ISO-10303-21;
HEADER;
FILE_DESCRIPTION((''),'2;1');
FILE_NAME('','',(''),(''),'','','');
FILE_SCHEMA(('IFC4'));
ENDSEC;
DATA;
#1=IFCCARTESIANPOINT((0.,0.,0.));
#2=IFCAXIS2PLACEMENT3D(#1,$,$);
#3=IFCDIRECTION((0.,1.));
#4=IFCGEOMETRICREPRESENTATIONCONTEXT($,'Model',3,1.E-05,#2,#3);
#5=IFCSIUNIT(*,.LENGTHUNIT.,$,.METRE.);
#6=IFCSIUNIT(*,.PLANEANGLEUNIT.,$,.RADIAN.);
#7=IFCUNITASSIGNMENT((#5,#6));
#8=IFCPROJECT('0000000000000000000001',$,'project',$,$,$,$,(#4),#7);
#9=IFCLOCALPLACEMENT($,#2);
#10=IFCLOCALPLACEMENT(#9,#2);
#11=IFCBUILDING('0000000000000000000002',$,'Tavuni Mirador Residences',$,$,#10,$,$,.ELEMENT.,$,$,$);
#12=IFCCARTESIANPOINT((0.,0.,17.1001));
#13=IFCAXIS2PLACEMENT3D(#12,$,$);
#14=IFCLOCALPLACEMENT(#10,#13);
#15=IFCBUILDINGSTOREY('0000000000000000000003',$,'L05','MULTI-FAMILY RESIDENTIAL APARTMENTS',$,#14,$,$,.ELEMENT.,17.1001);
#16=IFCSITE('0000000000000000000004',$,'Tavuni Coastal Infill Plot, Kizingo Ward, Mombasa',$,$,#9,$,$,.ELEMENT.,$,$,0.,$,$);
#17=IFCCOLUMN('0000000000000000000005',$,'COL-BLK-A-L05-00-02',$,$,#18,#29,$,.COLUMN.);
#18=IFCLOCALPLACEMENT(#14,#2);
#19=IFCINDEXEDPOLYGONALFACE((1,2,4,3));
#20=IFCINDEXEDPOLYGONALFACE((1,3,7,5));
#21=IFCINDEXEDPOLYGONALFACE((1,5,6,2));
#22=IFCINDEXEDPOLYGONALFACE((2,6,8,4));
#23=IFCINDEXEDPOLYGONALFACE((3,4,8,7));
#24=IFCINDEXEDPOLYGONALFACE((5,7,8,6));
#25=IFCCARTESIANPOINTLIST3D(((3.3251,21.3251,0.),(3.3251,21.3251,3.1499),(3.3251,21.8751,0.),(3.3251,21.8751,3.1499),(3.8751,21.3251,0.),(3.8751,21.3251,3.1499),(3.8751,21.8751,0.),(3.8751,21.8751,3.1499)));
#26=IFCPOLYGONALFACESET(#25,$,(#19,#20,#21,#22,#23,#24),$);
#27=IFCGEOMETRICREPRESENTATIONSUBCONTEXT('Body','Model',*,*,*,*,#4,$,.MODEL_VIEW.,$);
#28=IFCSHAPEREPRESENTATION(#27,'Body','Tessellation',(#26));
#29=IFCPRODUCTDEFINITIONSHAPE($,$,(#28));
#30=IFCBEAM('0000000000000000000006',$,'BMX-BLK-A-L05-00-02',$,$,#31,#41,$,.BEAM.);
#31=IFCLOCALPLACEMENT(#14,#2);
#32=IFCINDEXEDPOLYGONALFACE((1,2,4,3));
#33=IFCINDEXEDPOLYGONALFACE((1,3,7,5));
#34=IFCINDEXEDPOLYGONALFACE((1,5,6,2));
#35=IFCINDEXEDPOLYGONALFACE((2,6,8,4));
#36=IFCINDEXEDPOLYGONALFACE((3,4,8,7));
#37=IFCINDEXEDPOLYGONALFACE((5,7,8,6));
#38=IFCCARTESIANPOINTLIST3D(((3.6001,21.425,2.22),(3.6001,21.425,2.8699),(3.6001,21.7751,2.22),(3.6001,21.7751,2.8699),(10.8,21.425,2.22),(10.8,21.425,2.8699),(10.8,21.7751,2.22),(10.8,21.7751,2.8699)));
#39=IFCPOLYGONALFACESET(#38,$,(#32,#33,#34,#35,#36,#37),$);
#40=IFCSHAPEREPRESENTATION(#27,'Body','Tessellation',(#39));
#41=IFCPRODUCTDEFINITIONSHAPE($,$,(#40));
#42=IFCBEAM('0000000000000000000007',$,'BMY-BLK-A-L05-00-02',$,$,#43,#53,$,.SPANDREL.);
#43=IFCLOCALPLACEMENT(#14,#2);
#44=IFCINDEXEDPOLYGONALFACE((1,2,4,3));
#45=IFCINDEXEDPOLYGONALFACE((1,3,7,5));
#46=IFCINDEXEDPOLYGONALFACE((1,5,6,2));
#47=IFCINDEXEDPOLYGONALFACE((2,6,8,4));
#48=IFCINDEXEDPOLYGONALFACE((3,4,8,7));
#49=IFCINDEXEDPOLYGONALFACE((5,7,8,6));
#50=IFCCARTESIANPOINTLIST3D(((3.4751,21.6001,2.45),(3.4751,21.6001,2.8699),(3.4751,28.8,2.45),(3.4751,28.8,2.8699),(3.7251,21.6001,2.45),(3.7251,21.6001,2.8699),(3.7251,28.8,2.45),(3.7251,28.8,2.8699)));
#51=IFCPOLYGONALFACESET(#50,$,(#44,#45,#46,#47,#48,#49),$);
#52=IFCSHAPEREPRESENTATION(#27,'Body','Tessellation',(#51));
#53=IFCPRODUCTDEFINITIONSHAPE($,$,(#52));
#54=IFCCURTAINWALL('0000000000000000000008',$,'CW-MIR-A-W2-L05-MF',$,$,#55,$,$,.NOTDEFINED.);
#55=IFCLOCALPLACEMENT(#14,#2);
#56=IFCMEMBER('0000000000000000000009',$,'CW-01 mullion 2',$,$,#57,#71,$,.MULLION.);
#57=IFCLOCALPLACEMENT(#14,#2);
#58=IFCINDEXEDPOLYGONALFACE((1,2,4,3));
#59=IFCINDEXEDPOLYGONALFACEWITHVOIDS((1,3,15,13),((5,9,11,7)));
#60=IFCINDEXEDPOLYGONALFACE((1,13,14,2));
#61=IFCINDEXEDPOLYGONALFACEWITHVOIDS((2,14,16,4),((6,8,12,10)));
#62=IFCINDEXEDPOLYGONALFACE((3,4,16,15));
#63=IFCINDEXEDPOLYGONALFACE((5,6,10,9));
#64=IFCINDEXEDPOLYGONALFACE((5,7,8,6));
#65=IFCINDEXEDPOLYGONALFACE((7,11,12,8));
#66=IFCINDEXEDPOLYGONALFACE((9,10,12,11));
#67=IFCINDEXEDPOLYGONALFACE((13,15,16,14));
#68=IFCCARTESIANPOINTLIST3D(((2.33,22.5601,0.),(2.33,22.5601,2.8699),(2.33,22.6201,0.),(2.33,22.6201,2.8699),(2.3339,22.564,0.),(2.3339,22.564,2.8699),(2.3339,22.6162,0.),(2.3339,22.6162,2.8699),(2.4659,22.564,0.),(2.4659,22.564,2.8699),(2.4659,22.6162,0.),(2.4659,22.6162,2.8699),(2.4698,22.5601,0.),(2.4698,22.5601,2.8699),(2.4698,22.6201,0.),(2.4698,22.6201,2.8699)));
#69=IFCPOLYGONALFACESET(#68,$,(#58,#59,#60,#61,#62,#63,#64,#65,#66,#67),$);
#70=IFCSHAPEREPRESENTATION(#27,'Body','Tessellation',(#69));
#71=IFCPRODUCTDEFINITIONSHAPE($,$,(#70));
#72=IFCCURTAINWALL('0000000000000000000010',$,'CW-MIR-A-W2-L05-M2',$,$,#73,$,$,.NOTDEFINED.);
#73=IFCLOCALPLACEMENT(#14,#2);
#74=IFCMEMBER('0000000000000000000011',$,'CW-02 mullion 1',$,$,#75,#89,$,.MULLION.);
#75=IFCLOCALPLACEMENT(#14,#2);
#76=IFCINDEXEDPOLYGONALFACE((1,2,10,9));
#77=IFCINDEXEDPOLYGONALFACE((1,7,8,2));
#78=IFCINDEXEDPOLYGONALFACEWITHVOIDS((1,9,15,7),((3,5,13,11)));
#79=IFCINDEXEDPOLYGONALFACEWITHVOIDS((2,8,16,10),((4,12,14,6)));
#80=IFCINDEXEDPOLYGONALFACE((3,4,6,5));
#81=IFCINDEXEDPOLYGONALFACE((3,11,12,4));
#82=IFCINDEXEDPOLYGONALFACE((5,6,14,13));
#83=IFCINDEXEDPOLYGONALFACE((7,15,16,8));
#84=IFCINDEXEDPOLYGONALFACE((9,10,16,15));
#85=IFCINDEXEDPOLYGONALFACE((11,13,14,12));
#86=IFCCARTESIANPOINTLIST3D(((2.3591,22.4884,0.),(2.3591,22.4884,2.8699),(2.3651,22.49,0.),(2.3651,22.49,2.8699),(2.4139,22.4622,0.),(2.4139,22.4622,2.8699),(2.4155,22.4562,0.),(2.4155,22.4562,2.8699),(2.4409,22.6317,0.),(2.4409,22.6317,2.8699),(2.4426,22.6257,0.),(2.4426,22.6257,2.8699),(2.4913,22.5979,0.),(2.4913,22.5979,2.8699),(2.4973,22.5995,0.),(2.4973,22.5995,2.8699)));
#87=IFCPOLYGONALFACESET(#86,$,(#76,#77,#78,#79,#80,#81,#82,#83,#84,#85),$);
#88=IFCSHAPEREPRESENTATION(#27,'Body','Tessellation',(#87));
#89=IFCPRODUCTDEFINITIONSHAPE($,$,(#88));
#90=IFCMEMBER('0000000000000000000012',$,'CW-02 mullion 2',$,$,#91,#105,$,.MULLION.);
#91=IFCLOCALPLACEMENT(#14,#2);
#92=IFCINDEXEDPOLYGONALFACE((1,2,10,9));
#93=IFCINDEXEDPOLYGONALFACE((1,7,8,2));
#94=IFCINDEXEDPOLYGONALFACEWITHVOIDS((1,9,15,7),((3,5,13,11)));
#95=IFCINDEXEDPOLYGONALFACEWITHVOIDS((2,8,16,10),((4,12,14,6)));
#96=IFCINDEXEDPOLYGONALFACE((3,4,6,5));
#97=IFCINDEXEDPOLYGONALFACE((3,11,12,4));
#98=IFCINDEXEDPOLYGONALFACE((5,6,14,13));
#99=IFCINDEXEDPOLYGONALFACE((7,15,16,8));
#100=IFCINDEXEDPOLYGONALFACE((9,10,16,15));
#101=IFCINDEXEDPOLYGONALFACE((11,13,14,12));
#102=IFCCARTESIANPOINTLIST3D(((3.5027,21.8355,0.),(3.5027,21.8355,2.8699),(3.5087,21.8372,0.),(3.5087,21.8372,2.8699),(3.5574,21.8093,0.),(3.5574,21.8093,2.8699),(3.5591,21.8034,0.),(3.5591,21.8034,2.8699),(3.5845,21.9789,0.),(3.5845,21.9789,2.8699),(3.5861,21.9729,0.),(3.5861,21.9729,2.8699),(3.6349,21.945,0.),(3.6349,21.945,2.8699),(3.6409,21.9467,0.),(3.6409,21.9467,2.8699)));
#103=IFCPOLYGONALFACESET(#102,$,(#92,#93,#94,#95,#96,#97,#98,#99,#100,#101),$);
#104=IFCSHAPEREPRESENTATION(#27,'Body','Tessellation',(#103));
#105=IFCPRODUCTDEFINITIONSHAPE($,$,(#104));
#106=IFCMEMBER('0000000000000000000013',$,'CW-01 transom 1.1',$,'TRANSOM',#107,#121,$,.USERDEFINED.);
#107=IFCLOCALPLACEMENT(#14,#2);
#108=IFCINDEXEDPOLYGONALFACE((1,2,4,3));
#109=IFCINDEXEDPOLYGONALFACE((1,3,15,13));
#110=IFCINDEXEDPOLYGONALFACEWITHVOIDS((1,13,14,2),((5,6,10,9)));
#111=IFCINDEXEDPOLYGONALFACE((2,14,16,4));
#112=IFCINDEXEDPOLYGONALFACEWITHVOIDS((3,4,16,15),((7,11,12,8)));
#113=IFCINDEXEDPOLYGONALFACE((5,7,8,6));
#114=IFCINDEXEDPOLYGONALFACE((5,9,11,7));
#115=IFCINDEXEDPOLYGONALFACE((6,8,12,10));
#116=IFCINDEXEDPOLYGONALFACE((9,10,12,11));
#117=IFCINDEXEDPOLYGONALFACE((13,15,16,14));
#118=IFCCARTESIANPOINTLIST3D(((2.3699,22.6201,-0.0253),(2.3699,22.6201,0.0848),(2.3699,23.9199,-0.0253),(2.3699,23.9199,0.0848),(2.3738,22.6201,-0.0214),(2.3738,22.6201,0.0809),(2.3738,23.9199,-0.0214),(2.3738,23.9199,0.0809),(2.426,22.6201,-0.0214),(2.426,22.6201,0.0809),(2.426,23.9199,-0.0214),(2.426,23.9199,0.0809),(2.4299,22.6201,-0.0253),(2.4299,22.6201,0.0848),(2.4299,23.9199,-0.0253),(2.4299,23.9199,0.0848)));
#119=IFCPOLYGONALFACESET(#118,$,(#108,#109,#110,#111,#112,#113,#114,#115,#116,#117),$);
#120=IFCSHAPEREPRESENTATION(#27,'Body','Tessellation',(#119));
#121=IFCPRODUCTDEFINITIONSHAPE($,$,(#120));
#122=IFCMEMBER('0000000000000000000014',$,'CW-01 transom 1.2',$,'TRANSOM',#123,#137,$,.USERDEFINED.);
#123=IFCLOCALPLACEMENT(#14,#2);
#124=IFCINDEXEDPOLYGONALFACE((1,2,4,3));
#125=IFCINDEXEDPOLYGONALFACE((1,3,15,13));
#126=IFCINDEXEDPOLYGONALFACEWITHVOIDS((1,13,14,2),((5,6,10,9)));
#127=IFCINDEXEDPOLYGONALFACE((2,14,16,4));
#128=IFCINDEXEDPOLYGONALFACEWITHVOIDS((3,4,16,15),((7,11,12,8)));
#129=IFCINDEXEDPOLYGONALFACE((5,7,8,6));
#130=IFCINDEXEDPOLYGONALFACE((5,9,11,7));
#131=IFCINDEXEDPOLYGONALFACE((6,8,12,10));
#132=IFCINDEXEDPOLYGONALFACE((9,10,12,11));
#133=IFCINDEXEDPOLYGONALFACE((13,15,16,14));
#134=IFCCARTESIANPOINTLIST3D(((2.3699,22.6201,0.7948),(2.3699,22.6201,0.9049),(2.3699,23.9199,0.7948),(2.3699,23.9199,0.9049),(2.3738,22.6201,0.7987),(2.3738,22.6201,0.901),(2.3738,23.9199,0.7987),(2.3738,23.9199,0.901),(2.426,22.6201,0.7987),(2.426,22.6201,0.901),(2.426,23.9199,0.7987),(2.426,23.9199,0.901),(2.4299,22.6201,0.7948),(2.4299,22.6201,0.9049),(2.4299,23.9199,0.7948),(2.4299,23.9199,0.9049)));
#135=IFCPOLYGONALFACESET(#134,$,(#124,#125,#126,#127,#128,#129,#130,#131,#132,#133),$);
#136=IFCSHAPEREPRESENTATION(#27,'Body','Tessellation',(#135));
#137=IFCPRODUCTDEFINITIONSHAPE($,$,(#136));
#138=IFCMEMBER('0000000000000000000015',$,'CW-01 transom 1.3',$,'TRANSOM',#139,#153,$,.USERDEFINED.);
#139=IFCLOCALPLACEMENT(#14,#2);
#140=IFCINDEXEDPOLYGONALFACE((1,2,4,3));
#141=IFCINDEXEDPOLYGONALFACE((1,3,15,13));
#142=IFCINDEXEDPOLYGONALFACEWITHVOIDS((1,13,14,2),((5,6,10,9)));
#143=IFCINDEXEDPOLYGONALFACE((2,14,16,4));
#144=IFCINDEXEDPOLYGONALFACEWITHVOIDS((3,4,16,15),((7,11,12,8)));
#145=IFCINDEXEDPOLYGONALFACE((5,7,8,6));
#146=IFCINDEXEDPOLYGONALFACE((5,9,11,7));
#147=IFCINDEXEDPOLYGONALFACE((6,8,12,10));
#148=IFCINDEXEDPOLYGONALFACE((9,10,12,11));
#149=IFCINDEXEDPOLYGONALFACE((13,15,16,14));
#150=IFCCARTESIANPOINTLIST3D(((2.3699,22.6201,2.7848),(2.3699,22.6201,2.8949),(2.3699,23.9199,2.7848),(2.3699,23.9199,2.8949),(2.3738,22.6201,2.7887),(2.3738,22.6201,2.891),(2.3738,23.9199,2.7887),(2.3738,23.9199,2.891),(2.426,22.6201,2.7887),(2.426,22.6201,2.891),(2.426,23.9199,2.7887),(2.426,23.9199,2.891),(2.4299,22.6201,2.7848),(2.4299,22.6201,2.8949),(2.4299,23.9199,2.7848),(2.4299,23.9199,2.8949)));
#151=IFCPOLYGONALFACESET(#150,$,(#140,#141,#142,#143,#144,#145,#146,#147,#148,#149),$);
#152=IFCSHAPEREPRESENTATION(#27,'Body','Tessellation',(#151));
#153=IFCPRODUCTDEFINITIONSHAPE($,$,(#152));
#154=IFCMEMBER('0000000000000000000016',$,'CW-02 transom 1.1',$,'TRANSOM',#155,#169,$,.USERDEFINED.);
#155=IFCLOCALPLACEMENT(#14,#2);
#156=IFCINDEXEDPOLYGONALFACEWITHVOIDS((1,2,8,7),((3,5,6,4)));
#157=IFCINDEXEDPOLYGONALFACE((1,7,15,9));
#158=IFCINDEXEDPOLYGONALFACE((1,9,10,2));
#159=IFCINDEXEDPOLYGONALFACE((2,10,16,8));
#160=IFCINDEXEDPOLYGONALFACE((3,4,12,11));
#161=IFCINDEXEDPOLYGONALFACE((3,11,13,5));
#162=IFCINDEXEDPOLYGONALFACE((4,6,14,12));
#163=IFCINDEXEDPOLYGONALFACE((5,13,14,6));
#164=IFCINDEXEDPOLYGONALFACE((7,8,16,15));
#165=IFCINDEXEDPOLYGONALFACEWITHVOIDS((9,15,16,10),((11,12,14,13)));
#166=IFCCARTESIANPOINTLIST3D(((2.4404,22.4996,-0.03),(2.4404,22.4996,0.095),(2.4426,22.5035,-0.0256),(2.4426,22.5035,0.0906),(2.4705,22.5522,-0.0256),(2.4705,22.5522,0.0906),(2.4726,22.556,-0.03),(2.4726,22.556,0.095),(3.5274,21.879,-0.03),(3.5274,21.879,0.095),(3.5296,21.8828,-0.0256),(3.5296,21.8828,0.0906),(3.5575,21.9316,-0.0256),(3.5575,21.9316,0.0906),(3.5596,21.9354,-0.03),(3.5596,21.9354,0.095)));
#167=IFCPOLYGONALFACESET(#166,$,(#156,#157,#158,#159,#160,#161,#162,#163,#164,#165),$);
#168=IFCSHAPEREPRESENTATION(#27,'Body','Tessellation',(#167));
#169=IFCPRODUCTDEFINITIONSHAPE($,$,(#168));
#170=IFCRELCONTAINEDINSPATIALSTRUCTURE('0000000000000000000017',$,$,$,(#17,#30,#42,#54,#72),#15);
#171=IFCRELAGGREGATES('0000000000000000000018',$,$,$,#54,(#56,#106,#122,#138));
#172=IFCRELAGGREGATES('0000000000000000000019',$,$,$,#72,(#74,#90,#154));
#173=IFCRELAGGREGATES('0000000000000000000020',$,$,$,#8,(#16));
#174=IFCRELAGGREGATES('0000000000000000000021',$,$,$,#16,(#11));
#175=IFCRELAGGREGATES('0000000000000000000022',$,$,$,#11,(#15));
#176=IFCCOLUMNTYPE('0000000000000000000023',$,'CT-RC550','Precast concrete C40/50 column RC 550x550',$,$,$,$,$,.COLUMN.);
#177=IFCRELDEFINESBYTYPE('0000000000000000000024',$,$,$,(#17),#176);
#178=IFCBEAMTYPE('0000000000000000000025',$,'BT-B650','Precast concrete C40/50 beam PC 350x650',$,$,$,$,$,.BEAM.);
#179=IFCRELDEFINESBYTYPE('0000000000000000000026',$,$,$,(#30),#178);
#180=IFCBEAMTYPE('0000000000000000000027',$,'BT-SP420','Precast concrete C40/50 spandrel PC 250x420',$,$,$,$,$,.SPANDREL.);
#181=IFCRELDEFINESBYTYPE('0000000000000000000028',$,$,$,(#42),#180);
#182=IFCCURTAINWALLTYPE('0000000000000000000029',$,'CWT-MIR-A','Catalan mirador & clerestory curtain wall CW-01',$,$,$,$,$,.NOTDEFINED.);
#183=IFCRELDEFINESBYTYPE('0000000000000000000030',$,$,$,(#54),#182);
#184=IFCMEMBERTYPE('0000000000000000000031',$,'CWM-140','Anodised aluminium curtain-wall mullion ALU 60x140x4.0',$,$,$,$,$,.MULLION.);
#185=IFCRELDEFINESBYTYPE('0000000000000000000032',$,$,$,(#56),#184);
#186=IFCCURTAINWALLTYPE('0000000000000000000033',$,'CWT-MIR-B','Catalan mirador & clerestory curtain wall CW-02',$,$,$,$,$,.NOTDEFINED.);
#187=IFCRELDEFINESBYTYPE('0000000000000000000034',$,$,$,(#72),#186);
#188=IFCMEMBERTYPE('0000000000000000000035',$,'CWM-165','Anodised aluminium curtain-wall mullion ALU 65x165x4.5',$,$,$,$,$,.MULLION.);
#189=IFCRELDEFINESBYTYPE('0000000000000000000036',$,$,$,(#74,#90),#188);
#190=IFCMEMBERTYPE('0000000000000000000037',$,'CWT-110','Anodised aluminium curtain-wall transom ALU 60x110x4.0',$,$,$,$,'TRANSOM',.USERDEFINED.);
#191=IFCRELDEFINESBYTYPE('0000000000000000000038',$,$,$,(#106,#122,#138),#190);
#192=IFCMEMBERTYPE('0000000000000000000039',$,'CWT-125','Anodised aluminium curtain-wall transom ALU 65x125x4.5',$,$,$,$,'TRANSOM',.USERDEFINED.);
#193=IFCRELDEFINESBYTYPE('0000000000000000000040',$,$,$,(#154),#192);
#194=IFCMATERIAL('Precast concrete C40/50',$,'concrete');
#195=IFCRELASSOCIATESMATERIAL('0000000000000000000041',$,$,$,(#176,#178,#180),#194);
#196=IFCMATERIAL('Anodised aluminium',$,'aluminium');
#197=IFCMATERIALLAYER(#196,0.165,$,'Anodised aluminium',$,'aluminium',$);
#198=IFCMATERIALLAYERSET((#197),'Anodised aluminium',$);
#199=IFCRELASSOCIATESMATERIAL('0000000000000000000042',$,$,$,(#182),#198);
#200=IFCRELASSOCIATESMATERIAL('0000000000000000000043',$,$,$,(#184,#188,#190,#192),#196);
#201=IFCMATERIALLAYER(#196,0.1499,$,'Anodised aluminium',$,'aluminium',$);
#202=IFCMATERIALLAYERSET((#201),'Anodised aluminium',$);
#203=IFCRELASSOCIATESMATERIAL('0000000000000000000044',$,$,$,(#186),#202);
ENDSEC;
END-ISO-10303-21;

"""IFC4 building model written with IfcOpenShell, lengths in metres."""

from ifc_helpers import new_model, si_unit, direction, frame, origin, origin_2d, place, context, subcontext, project, spatial, rectangle, hollow_rectangle, extrude, material, layer, layer_set, material_profile, profile_set, type_object, element, aggregate, save


model = new_model("IFC4")

# Units and contexts
model_context = context("Model", 3, precision=1e-05, world=origin(), true_north=direction((0.0, 1.0)))
body_context = subcontext(model_context, "Body", "Model", "MODEL_VIEW")
ifc_project = project(units=[si_unit("LENGTHUNIT", "METRE"), si_unit("PLANEANGLEUNIT", "RADIAN")], contexts=[model_context])

# Site, building, storey
site_placement = place(None, origin())
site = spatial("IfcSite", under=ifc_project, at=site_placement, Name="Tavuni Coastal Infill Plot, Kizingo Ward, Mombasa", CompositionType="ELEMENT", RefElevation=0.0)
building_placement = place(site_placement, origin())
building = spatial("IfcBuilding", under=site, at=building_placement, Name="Tavuni Mirador Residences", CompositionType="ELEMENT")
storey_placement = place(building_placement, frame((0.0, 0.0, 17.1001)))
storey = spatial("IfcBuildingStorey", under=building, at=storey_placement, Name="L05", Description="MULTI-FAMILY RESIDENTIAL APARTMENTS", CompositionType="ELEMENT", Elevation=17.1001)

# Column
ifc_material_1 = material(Name="Precast concrete C40/50", Category="concrete")
ifc_material_profile_1 = material_profile(ifc_material_1, rectangle(XDim=0.55, YDim=0.55, at=origin_2d()), Name="RC 550x550", Category="concrete")
ifc_profile_set_1 = profile_set([ifc_material_profile_1], Name="Precast concrete C40/50")
column_type = type_object("IfcColumnType", Name="CT-RC550", Description="Precast concrete C40/50 column RC 550x550", PredefinedType="COLUMN", material=ifc_profile_set_1)
column_placement = place(storey_placement, frame((3.6001, 21.6001, 0.0), z_axis=(0.0, 0.0, 1.0), x_axis=(1.0, 0.0, 0.0)))
element("IfcColumn", 1, at=column_placement, inside=storey, type_object=column_type, Name="COL-BLK-A-L05-00-02", PredefinedType="COLUMN", context=body_context, shape_type="SweptSolid", body=[
    extrude(rectangle(XDim=0.55, YDim=0.55, at=origin_2d()), origin(), (0.0, 0.0, 1.0), 3.1499),
])

# Beams
ifc_material_profile_2 = material_profile(ifc_material_1, rectangle(XDim=0.3501, YDim=0.6499, at=origin_2d()), Name="PC 350x650", Category="concrete")
ifc_profile_set_2 = profile_set([ifc_material_profile_2], Name="Precast concrete C40/50")
beam_type_1 = type_object("IfcBeamType", Name="BT-B650", Description="Precast concrete C40/50 beam PC 350x650", PredefinedType="BEAM", material=ifc_profile_set_2)
beam_1_placement = place(storey_placement, frame((3.6001, 21.6001, 2.5449), z_axis=(1.0, 0.0, 0.0), x_axis=(0.0, 1.0, 0.0)))
element("IfcBeam", 2, at=beam_1_placement, inside=storey, type_object=beam_type_1, Name="BMX-BLK-A-L05-00-02", PredefinedType="BEAM", context=body_context, shape_type="SweptSolid", body=[
    extrude(rectangle(XDim=0.3501, YDim=0.6499, at=origin_2d()), origin(), (0.0, 0.0, 1.0), 7.2),
])
ifc_material_profile_3 = material_profile(ifc_material_1, rectangle(XDim=0.25, YDim=0.4199, at=origin_2d()), Name="PC 250x420", Category="concrete")
ifc_profile_set_3 = profile_set([ifc_material_profile_3], Name="Precast concrete C40/50")
beam_type_2 = type_object("IfcBeamType", Name="BT-SP420", Description="Precast concrete C40/50 spandrel PC 250x420", PredefinedType="SPANDREL", material=ifc_profile_set_3)
beam_2_placement = place(storey_placement, frame((3.6001, 21.6001, 2.6599), z_axis=(0.0, 1.0, 0.0), x_axis=(-1.0, 0.0, 0.0)))
element("IfcBeam", 3, at=beam_2_placement, inside=storey, type_object=beam_type_2, Name="BMY-BLK-A-L05-00-02", PredefinedType="SPANDREL", context=body_context, shape_type="SweptSolid", body=[
    extrude(rectangle(XDim=0.25, YDim=0.4199, at=origin_2d()), origin(), (0.0, 0.0, 1.0), 7.2),
])

# Curtain wall, member
ifc_material_2 = material(Name="Anodised aluminium", Category="aluminium")
ifc_layer_1 = layer(ifc_material_2, 0.165, Name="Anodised aluminium", Category="aluminium")
ifc_layer_set_1 = layer_set([ifc_layer_1], Name="Anodised aluminium")
curtain_wall_type_1 = type_object("IfcCurtainWallType", Name="CWT-MIR-A", Description="Catalan mirador & clerestory curtain wall CW-01", PredefinedType="NOTDEFINED", material=ifc_layer_set_1)
curtain_wall_1_placement = place(storey_placement, origin())
curtain_wall_1 = element("IfcCurtainWall", 4, at=curtain_wall_1_placement, inside=storey, type_object=curtain_wall_type_1, Name="CW-MIR-A-W2-L05-MF", PredefinedType="NOTDEFINED")
ifc_material_profile_4 = material_profile(ifc_material_2, hollow_rectangle(XDim=0.0601, YDim=0.1399, WallThickness=0.0039, at=origin_2d()), Name="ALU 60x140x4.0", Category="aluminium")
ifc_profile_set_4 = profile_set([ifc_material_profile_4], Name="Anodised aluminium")
member_type_1 = type_object("IfcMemberType", Name="CWM-140", Description="Anodised aluminium curtain-wall mullion ALU 60x140x4.0", PredefinedType="MULLION", material=ifc_profile_set_4)
member_1_placement = place(storey_placement, frame((2.3999, 22.5901, 0.0), z_axis=(0.0, 0.0, 1.0), x_axis=(0.0, -1.0, 0.0)))
member_1 = element("IfcMember", 5, at=member_1_placement, type_object=member_type_1, Name="CW-01 mullion 2", PredefinedType="MULLION", context=body_context, shape_type="SweptSolid", body=[
    extrude(hollow_rectangle(XDim=0.0601, YDim=0.1399, WallThickness=0.0039, at=origin_2d()), origin(), (0.0, 0.0, 1.0), 2.8699),
])

# Curtain wall, members
ifc_layer_2 = layer(ifc_material_2, 0.1499, Name="Anodised aluminium", Category="aluminium")
ifc_layer_set_2 = layer_set([ifc_layer_2], Name="Anodised aluminium")
curtain_wall_type_2 = type_object("IfcCurtainWallType", Name="CWT-MIR-B", Description="Catalan mirador & clerestory curtain wall CW-02", PredefinedType="NOTDEFINED", material=ifc_layer_set_2)
curtain_wall_2_placement = place(storey_placement, origin())
curtain_wall_2 = element("IfcCurtainWall", 6, at=curtain_wall_2_placement, inside=storey, type_object=curtain_wall_type_2, Name="CW-MIR-A-W2-L05-M2", PredefinedType="NOTDEFINED")
ifc_material_profile_5 = material_profile(ifc_material_2, hollow_rectangle(XDim=0.0649, YDim=0.165, WallThickness=0.0044, at=origin_2d()), Name="ALU 65x165x4.5", Category="aluminium")
ifc_profile_set_5 = profile_set([ifc_material_profile_5], Name="Anodised aluminium")
member_type_2 = type_object("IfcMemberType", Name="CWM-165", Description="Anodised aluminium curtain-wall mullion ALU 65x165x4.5", PredefinedType="MULLION", material=ifc_profile_set_5)
member_2_placement = place(storey_placement, frame((2.4282, 22.5439, 0.0), z_axis=(0.0, 0.0, 1.0), x_axis=(0.868466, -0.495749, 0.0)))
member_2 = element("IfcMember", 7, at=member_2_placement, type_object=member_type_2, Name="CW-02 mullion 1", PredefinedType="MULLION", context=body_context, shape_type="SweptSolid", body=[
    extrude(hollow_rectangle(XDim=0.0649, YDim=0.165, WallThickness=0.0044, at=origin_2d()), origin(), (0.0, 0.0, 1.0), 2.8699),
])
member_3_placement = place(storey_placement, frame((3.5718, 21.8911, 0.0), z_axis=(0.0, 0.0, 1.0), x_axis=(0.868466, -0.495749, 0.0)))
member_3 = element("IfcMember", 8, at=member_3_placement, type_object=member_type_2, Name="CW-02 mullion 2", PredefinedType="MULLION", context=body_context, shape_type="SweptSolid", body=[
    extrude(hollow_rectangle(XDim=0.0649, YDim=0.165, WallThickness=0.0044, at=origin_2d()), origin(), (0.0, 0.0, 1.0), 2.8699),
])

# Members
ifc_material_profile_6 = material_profile(ifc_material_2, hollow_rectangle(XDim=0.0601, YDim=0.1101, WallThickness=0.0039, at=origin_2d()), Name="ALU 60x110x4.0", Category="aluminium")
ifc_profile_set_6 = profile_set([ifc_material_profile_6], Name="Anodised aluminium")
member_type_3 = type_object("IfcMemberType", Name="CWT-110", Description="Anodised aluminium curtain-wall transom ALU 60x110x4.0", ElementType="TRANSOM", PredefinedType="USERDEFINED", material=ifc_profile_set_6)
member_4_placement = place(storey_placement, frame((2.3999, 23.9199, 0.0298), z_axis=(0.0, -1.0, 0.0), x_axis=(1.0, 0.0, 0.0)))
member_4 = element("IfcMember", 9, at=member_4_placement, type_object=member_type_3, Name="CW-01 transom 1.1", ObjectType="TRANSOM", PredefinedType="USERDEFINED", context=body_context, shape_type="SweptSolid", body=[
    extrude(hollow_rectangle(XDim=0.0601, YDim=0.1101, WallThickness=0.0039, at=origin_2d()), origin(), (0.0, 0.0, 1.0), 1.2998),
])
member_5_placement = place(storey_placement, frame((2.3999, 23.9199, 0.8499), z_axis=(0.0, -1.0, 0.0), x_axis=(1.0, 0.0, 0.0)))
member_5 = element("IfcMember", 10, at=member_5_placement, type_object=member_type_3, Name="CW-01 transom 1.2", ObjectType="TRANSOM", PredefinedType="USERDEFINED", context=body_context, shape_type="SweptSolid", body=[
    extrude(hollow_rectangle(XDim=0.0601, YDim=0.1101, WallThickness=0.0039, at=origin_2d()), origin(), (0.0, 0.0, 1.0), 1.2998),
])
member_6_placement = place(storey_placement, frame((2.3999, 23.9199, 2.8398), z_axis=(0.0, -1.0, 0.0), x_axis=(1.0, 0.0, 0.0)))
member_6 = element("IfcMember", 11, at=member_6_placement, type_object=member_type_3, Name="CW-01 transom 1.3", ObjectType="TRANSOM", PredefinedType="USERDEFINED", context=body_context, shape_type="SweptSolid", body=[
    extrude(hollow_rectangle(XDim=0.0601, YDim=0.1101, WallThickness=0.0039, at=origin_2d()), origin(), (0.0, 0.0, 1.0), 1.2998),
])
ifc_material_profile_7 = material_profile(ifc_material_2, hollow_rectangle(XDim=0.0649, YDim=0.125, WallThickness=0.0044, at=origin_2d()), Name="ALU 65x125x4.5", Category="aluminium")
ifc_profile_set_7 = profile_set([ifc_material_profile_7], Name="Anodised aluminium")
member_type_4 = type_object("IfcMemberType", Name="CWT-125", Description="Anodised aluminium curtain-wall transom ALU 65x125x4.5", ElementType="TRANSOM", PredefinedType="USERDEFINED", material=ifc_profile_set_7)
member_7_placement = place(storey_placement, frame((2.4565, 22.5278, 0.0325), z_axis=(0.868411, -0.495845, 0.0), x_axis=(0.495845, 0.868411, 0.0)))
member_7 = element("IfcMember", 12, at=member_7_placement, type_object=member_type_4, Name="CW-02 transom 1.1", ObjectType="TRANSOM", PredefinedType="USERDEFINED", context=body_context, shape_type="SweptSolid", body=[
    extrude(hollow_rectangle(XDim=0.0649, YDim=0.125, WallThickness=0.0044, at=origin_2d()), origin(), (0.0, 0.0, 1.0), 1.2517),
])

aggregate(curtain_wall_1, [member_1, member_4, member_5, member_6])
aggregate(curtain_wall_2, [member_2, member_3, member_7])

save(model, "model.ifc")
